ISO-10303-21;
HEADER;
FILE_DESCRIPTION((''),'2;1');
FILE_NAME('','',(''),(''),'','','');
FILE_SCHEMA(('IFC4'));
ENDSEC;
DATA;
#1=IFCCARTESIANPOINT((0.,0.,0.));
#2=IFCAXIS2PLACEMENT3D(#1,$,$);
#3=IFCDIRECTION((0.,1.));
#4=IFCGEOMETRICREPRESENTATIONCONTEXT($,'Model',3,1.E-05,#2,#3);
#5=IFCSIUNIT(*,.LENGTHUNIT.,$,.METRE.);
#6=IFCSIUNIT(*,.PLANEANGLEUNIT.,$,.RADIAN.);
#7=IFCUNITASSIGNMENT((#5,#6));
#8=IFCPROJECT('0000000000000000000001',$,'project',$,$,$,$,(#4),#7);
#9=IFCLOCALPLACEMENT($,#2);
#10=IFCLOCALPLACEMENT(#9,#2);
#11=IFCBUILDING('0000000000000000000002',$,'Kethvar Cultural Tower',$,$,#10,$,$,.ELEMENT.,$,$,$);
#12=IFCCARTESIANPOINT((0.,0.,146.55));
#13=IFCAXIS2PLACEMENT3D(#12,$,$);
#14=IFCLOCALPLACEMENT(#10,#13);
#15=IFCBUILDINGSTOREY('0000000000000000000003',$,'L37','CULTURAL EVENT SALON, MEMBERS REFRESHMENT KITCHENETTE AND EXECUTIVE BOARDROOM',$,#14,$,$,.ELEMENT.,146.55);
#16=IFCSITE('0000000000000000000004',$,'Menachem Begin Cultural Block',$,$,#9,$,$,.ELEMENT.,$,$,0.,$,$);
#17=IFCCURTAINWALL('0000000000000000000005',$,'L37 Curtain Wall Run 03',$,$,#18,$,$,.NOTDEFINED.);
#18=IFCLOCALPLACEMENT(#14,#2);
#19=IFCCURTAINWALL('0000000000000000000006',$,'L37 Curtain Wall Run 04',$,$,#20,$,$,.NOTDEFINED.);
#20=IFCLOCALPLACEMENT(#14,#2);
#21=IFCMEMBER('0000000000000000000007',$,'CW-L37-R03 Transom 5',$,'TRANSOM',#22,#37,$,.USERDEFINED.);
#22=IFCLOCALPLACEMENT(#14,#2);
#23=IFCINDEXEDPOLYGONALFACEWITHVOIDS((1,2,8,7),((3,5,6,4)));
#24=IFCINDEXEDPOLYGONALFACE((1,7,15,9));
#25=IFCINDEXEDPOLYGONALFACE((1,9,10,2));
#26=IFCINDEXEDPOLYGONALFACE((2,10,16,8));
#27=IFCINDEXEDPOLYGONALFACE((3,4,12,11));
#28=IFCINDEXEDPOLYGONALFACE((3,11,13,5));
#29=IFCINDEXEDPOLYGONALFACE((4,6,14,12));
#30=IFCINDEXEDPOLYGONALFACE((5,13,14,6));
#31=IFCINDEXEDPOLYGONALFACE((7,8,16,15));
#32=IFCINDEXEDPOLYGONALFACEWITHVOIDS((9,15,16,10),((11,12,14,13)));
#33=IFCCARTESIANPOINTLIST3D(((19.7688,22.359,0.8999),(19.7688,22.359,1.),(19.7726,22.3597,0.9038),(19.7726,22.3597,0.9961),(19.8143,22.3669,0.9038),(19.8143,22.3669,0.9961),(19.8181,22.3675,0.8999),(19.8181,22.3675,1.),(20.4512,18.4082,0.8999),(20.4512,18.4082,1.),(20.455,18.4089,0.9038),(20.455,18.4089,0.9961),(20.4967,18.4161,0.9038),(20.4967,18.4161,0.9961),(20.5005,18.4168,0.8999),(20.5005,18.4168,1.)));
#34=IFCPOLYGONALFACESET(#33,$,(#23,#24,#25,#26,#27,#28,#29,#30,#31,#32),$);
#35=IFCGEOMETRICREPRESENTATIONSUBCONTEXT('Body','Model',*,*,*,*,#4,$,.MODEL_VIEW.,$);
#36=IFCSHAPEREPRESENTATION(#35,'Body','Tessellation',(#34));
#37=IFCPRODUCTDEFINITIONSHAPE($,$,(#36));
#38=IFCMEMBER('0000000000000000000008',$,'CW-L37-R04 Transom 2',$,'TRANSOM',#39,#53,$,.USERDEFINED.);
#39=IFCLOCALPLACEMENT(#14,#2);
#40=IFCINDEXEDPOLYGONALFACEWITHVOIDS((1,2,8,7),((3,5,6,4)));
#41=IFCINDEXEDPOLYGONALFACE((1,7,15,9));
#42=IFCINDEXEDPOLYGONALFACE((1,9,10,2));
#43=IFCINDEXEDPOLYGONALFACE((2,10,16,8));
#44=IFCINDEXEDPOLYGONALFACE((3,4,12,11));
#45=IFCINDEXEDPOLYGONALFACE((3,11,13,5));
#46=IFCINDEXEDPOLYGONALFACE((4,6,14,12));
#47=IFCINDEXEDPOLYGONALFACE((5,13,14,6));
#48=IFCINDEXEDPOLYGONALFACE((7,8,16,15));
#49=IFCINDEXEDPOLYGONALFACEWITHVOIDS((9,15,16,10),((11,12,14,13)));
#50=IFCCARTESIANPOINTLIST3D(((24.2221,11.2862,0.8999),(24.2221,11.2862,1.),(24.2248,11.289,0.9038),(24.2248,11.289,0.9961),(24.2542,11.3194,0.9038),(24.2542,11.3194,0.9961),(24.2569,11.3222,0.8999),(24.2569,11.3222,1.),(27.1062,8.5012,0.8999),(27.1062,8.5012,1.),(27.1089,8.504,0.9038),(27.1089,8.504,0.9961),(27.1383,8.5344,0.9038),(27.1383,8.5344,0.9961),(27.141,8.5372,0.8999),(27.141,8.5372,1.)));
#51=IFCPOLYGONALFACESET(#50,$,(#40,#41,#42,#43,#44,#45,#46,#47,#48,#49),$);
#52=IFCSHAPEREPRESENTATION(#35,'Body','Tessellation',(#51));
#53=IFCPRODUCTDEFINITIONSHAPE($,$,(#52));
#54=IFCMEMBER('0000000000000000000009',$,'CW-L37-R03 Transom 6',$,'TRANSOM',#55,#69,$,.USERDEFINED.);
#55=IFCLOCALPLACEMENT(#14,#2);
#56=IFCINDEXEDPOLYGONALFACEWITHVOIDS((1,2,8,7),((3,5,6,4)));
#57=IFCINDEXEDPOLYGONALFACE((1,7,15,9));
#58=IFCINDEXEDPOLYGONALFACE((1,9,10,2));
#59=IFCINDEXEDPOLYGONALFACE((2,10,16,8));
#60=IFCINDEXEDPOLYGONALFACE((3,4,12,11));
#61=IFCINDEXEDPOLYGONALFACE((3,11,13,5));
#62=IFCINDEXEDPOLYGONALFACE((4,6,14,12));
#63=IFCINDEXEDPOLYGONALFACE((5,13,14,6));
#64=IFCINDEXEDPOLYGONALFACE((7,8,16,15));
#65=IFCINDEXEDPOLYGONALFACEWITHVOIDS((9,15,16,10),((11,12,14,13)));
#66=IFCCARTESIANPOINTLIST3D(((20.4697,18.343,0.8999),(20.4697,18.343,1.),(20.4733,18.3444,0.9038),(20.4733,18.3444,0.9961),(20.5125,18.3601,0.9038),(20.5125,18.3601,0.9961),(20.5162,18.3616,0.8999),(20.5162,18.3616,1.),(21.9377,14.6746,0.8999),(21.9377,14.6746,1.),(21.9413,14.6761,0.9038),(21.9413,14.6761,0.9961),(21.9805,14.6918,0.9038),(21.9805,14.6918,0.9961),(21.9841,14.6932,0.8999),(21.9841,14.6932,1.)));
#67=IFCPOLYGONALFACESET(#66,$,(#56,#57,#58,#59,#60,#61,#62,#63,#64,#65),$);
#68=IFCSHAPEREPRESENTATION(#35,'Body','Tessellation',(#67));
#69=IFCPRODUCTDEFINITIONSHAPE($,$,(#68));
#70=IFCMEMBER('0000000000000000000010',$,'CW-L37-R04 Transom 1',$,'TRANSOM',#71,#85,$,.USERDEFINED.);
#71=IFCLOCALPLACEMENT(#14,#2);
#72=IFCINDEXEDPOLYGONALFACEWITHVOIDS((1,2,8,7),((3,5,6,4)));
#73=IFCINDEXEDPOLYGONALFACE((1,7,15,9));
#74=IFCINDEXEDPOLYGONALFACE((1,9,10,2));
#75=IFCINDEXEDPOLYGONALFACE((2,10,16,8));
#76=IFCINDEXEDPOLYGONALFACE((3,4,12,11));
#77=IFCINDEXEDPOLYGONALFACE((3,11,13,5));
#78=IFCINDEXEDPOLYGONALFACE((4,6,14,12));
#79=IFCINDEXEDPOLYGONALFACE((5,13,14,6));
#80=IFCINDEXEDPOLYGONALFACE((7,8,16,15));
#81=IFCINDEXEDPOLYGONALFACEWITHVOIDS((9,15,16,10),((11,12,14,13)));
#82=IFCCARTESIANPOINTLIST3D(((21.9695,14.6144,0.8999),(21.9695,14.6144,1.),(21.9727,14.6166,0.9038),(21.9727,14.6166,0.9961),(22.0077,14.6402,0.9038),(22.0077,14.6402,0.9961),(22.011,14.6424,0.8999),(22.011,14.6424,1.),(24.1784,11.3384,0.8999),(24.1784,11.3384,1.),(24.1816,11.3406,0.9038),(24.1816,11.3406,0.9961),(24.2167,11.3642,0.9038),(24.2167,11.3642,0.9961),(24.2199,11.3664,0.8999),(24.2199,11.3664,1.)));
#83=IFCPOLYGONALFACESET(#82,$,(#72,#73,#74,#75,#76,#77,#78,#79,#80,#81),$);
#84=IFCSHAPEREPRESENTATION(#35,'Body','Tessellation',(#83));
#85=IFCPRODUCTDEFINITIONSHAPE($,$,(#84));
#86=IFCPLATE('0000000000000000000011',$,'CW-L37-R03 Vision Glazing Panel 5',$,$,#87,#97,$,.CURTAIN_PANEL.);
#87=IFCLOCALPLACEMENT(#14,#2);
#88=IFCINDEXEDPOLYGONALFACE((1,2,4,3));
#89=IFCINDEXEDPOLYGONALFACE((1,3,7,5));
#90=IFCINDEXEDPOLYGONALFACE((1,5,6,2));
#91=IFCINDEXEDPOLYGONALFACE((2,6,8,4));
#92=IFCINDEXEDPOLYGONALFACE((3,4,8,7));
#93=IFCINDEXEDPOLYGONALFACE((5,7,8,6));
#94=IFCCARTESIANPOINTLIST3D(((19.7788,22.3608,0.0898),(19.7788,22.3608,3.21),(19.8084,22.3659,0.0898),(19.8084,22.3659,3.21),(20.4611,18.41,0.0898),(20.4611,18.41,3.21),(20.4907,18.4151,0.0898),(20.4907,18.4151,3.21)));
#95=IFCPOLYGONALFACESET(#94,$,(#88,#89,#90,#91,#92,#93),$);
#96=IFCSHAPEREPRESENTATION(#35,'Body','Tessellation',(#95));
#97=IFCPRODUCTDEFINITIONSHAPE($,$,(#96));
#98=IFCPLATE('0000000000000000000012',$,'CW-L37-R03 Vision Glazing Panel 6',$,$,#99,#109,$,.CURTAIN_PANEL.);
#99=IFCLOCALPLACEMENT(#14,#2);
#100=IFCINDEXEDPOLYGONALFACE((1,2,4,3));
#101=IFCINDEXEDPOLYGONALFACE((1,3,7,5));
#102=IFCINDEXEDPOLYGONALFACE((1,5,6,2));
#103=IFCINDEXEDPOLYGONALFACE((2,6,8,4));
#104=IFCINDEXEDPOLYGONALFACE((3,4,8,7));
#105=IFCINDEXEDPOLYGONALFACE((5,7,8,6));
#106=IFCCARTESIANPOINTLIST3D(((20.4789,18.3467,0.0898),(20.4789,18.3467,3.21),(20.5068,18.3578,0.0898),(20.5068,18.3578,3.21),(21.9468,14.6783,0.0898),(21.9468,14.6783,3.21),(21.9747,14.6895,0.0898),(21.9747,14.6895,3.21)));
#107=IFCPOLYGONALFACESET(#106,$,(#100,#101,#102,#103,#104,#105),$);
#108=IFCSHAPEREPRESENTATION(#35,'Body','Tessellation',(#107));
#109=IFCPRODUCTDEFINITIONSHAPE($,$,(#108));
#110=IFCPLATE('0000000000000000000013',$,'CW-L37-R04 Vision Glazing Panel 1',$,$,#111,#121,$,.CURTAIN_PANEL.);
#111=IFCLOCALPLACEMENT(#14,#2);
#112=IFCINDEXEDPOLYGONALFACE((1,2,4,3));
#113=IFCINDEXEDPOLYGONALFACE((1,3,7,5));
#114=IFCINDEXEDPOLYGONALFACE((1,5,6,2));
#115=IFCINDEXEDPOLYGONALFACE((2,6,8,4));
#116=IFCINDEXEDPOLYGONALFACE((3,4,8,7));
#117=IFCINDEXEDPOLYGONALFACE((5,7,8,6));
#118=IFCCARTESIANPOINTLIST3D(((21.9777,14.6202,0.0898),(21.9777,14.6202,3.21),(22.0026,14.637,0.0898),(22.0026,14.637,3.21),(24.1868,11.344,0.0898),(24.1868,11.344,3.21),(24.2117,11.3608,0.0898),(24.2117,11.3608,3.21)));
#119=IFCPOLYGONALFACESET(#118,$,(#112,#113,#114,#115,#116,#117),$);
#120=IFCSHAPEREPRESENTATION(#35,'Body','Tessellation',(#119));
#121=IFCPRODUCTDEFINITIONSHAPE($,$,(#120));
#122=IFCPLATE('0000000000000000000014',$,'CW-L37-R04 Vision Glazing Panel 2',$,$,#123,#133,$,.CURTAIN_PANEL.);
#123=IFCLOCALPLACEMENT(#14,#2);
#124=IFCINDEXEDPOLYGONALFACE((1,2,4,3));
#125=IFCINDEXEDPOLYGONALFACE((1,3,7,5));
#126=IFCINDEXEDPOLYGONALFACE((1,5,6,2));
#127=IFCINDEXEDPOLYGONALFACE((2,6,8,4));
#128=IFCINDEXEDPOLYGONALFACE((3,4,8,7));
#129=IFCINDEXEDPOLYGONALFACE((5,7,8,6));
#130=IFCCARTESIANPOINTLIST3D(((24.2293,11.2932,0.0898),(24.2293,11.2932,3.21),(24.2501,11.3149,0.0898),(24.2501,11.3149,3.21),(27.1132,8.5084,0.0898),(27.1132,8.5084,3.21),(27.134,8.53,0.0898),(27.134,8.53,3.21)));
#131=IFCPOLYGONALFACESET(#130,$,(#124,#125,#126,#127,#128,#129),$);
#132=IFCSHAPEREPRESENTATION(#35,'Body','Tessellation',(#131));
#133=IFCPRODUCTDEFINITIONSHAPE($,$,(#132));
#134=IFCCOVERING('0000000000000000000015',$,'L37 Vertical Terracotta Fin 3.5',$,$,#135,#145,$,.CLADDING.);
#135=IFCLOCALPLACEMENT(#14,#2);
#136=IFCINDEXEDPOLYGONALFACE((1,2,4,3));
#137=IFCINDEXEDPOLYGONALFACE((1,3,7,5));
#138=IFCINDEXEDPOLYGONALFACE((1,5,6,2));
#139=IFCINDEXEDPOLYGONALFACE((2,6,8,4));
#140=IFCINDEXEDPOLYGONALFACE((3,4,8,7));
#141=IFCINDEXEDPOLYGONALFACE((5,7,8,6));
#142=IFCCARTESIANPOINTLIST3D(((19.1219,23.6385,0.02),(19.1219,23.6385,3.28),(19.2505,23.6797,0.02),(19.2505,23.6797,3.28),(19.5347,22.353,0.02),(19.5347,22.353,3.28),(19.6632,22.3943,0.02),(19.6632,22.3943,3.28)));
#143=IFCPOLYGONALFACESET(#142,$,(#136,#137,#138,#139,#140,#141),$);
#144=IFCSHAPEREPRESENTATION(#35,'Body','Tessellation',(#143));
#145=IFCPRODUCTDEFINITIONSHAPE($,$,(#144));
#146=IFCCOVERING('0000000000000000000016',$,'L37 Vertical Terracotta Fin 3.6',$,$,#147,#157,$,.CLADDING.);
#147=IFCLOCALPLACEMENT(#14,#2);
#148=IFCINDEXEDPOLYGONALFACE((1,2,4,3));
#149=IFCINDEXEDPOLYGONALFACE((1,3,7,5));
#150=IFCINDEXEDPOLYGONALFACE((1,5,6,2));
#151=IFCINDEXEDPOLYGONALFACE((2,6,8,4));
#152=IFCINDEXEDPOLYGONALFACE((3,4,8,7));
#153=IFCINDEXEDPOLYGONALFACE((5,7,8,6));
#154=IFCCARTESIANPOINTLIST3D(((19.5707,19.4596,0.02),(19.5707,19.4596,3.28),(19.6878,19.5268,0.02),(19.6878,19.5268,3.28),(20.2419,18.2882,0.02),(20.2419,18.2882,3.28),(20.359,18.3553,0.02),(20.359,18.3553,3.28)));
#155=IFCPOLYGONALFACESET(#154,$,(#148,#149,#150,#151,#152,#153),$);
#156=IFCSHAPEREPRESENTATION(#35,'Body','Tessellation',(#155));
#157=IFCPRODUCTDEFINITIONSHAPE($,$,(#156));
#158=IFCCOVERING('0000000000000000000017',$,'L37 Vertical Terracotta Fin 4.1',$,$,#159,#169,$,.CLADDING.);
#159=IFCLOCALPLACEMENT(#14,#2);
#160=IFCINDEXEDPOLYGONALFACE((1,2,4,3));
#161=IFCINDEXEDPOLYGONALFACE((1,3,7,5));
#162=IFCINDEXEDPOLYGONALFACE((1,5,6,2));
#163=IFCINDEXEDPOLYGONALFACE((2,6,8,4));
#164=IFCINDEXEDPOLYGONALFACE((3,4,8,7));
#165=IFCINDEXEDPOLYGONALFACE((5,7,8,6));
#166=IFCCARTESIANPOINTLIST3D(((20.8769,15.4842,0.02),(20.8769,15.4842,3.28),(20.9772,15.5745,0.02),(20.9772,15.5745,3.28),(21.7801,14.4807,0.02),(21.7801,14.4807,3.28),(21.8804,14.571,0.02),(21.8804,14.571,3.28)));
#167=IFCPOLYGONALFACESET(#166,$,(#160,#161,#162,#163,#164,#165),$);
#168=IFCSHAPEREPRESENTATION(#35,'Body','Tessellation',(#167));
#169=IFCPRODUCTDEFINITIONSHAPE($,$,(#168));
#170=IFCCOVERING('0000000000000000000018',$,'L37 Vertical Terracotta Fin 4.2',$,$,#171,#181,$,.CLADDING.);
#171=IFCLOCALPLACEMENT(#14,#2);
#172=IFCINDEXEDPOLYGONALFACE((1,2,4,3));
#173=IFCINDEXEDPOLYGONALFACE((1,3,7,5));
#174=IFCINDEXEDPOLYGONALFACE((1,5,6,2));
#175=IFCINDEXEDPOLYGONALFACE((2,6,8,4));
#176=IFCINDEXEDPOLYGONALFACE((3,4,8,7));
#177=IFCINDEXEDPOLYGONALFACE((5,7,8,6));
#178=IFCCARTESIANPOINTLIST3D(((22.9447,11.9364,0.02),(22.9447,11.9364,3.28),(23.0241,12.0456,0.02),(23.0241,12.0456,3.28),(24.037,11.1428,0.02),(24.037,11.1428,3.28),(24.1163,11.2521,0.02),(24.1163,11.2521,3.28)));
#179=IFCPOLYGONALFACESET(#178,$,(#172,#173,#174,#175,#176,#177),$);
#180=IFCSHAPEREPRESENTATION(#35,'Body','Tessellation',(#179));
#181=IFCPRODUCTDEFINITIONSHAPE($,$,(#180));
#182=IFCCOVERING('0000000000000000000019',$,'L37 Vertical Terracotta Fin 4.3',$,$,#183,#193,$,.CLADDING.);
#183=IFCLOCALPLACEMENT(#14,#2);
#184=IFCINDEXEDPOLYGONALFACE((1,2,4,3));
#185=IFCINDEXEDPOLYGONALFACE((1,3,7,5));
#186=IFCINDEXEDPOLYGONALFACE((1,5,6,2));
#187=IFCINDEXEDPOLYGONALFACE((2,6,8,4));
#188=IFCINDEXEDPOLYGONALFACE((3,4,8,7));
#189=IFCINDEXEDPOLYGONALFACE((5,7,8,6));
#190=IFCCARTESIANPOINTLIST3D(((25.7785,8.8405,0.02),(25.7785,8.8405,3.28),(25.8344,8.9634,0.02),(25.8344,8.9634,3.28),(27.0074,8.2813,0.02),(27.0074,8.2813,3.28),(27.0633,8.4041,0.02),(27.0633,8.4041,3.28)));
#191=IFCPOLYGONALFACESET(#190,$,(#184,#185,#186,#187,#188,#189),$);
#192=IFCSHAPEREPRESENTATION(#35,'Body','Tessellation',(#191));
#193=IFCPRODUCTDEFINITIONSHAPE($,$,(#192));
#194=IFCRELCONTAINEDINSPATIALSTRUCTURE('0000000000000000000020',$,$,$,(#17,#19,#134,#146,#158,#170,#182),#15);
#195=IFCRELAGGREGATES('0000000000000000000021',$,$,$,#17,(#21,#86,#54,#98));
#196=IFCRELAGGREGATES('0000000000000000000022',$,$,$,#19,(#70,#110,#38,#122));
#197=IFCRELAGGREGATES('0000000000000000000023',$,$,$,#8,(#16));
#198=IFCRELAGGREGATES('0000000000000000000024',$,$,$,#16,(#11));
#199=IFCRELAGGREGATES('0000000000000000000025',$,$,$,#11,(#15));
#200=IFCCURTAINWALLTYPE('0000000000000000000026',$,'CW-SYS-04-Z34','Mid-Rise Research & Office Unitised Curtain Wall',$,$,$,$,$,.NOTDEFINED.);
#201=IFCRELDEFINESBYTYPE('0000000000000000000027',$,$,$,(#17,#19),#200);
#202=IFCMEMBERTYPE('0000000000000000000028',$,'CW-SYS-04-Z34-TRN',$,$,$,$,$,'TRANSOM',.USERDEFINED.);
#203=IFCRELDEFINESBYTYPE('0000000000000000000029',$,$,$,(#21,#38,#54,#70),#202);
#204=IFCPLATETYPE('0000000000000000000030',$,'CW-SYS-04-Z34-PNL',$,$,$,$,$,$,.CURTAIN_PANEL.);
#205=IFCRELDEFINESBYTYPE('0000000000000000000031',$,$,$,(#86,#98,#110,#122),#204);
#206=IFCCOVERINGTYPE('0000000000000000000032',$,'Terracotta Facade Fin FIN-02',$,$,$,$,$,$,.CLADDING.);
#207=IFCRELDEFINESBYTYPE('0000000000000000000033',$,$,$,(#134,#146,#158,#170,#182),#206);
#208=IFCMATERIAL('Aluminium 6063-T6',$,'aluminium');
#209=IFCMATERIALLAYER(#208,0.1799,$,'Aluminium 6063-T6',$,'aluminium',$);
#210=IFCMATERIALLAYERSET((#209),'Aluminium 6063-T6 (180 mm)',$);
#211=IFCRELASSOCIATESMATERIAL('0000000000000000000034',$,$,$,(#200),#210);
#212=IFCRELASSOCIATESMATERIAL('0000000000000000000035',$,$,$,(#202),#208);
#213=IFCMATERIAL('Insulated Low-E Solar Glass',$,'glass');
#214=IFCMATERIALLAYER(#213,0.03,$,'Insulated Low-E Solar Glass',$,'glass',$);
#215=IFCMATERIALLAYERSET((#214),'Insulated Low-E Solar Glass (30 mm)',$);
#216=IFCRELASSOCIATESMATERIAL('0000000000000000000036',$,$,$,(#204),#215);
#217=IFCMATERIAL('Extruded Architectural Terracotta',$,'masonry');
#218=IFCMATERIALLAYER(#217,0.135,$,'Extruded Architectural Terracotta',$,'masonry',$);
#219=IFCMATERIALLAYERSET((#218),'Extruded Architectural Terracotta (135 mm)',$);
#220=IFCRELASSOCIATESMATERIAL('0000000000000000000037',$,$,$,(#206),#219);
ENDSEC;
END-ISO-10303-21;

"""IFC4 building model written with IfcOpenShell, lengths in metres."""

from ifc_helpers import new_model, si_unit, direction, frame, origin, origin_2d, place, context, subcontext, project, spatial, rectangle, hollow_rectangle, extrude, source, transform, mapped, material, layer, layer_set, material_profile, profile_set, type_object, element, aggregate, save


model = new_model("IFC4")

# Units and contexts
model_context = context("Model", 3, precision=1e-05, world=origin(), true_north=direction((0.0, 1.0)))
body_context = subcontext(model_context, "Body", "Model", "MODEL_VIEW")
ifc_project = project(units=[si_unit("LENGTHUNIT", "METRE"), si_unit("PLANEANGLEUNIT", "RADIAN")], contexts=[model_context])

# Site, building, storey
site_placement = place(None, origin())
site = spatial("IfcSite", under=ifc_project, at=site_placement, Name="Menachem Begin Cultural Block", CompositionType="ELEMENT", RefElevation=0.0)
building_placement = place(site_placement, origin())
building = spatial("IfcBuilding", under=site, at=building_placement, Name="Kethvar Cultural Tower", CompositionType="ELEMENT")
storey_placement = place(building_placement, frame((0.0, 0.0, 146.55)))
storey = spatial("IfcBuildingStorey", under=building, at=storey_placement, Name="L37", Description="CULTURAL EVENT SALON, MEMBERS REFRESHMENT KITCHENETTE AND EXECUTIVE BOARDROOM", CompositionType="ELEMENT", Elevation=146.55)

# Curtain walls
ifc_material_1 = material(Name="Aluminium 6063-T6", Category="aluminium")
ifc_layer_1 = layer(ifc_material_1, 0.1799, Name="Aluminium 6063-T6", Category="aluminium")
ifc_layer_set_1 = layer_set([ifc_layer_1], Name="Aluminium 6063-T6 (180 mm)")
curtain_wall_type = type_object("IfcCurtainWallType", Name="CW-SYS-04-Z34", Description="Mid-Rise Research & Office Unitised Curtain Wall", PredefinedType="NOTDEFINED", material=ifc_layer_set_1)
curtain_wall_1_placement = place(storey_placement, origin())
curtain_wall_1 = element("IfcCurtainWall", 1, at=curtain_wall_1_placement, inside=storey, type_object=curtain_wall_type, Name="L37 Curtain Wall Run 03", PredefinedType="NOTDEFINED")
curtain_wall_2_placement = place(storey_placement, origin())
curtain_wall_2 = element("IfcCurtainWall", 2, at=curtain_wall_2_placement, inside=storey, type_object=curtain_wall_type, Name="L37 Curtain Wall Run 04", PredefinedType="NOTDEFINED")

# Members
ifc_material_profile_1 = material_profile(ifc_material_1, hollow_rectangle(XDim=0.05, YDim=0.1001, WallThickness=0.0039, at=origin_2d()), Name="Aluminium 6063-T6 — RHS100x50x4")
ifc_profile_set_1 = profile_set([ifc_material_profile_1], Name="Aluminium 6063-T6 — RHS100x50x4")
member_type_1 = type_object("IfcMemberType", Name="CW-SYS-04-Z34-TRN", ElementType="TRANSOM", PredefinedType="USERDEFINED", material=ifc_profile_set_1)
shared_shape_1 = source(origin(), body_context, "Body", "SweptSolid", [
    extrude(hollow_rectangle(XDim=0.05, YDim=0.1001, WallThickness=0.0039, at=origin_2d()), origin(), (0.0, 0.0, 1.0), 4.0093),
])
member_1_placement = place(storey_placement, frame((19.7935, 22.3633, 0.95), z_axis=(0.170203, -0.985409, 0.0), x_axis=(0.985409, 0.170203, 0.0)))
member_1 = element("IfcMember", 3, at=member_1_placement, type_object=member_type_1, Name="CW-L37-R03 Transom 5", ObjectType="TRANSOM", PredefinedType="USERDEFINED", context=body_context, shape_type="MappedRepresentation", body=[
    mapped(shared_shape_1, transform((0.0, 0.0, 0.0), scale=1.0)),
])
member_2_placement = place(storey_placement, frame((24.2395, 11.3042, 0.95), z_axis=(0.719361, -0.694637, 0.0), x_axis=(0.694637, 0.719361, 0.0)))
member_2 = element("IfcMember", 4, at=member_2_placement, type_object=member_type_1, Name="CW-L37-R04 Transom 2", ObjectType="TRANSOM", PredefinedType="USERDEFINED", context=body_context, shape_type="MappedRepresentation", body=[
    mapped(shared_shape_1, transform((0.0, 0.0, 0.0), scale=1.0)),
])
shared_shape_2 = source(origin(), body_context, "Body", "SweptSolid", [
    extrude(hollow_rectangle(XDim=0.05, YDim=0.1001, WallThickness=0.0039, at=origin_2d()), origin(), (0.0, 0.0, 1.0), 3.9512),
])
member_3_placement = place(storey_placement, frame((20.4929, 18.3523, 0.95), z_axis=(0.371529, -0.928421, 0.0), x_axis=(0.928421, 0.371529, 0.0)))
member_3 = element("IfcMember", 5, at=member_3_placement, type_object=member_type_1, Name="CW-L37-R03 Transom 6", ObjectType="TRANSOM", PredefinedType="USERDEFINED", context=body_context, shape_type="MappedRepresentation", body=[
    mapped(shared_shape_2, transform((0.0, 0.0, 0.0), scale=1.0)),
])
member_4_placement = place(storey_placement, frame((21.9902, 14.6284, 0.95), z_axis=(0.559056, -0.82913, 0.0), x_axis=(0.82913, 0.559056, 0.0)))
member_4 = element("IfcMember", 6, at=member_4_placement, type_object=member_type_1, Name="CW-L37-R04 Transom 1", ObjectType="TRANSOM", PredefinedType="USERDEFINED", context=body_context, shape_type="MappedRepresentation", body=[
    mapped(shared_shape_2, transform((0.0, 0.0, 0.0), scale=1.0)),
])

# Plates
ifc_material_2 = material(Name="Insulated Low-E Solar Glass", Category="glass")
ifc_layer_2 = layer(ifc_material_2, 0.03, Name="Insulated Low-E Solar Glass", Category="glass")
ifc_layer_set_2 = layer_set([ifc_layer_2], Name="Insulated Low-E Solar Glass (30 mm)")
plate_type = type_object("IfcPlateType", Name="CW-SYS-04-Z34-PNL", PredefinedType="CURTAIN_PANEL", material=ifc_layer_set_2)
shared_shape_3 = source(origin(), body_context, "Body", "SweptSolid", [
    extrude(rectangle(XDim=4.0093, YDim=0.03, at=origin_2d()), origin(), (0.0, 0.0, 1.0), 3.1201),
])
plate_1_placement = place(storey_placement, frame((20.1348, 20.3879, 0.0898), z_axis=(0.0, 0.0, 1.0), x_axis=(0.170192, -0.985411, 0.0)))
plate_1 = element("IfcPlate", 7, at=plate_1_placement, type_object=plate_type, Name="CW-L37-R03 Vision Glazing Panel 5", PredefinedType="CURTAIN_PANEL", context=body_context, shape_type="MappedRepresentation", body=[
    mapped(shared_shape_3, transform((0.0, 0.0, 0.0), scale=1.0)),
])
shared_shape_4 = source(origin(), body_context, "Body", "SweptSolid", [
    extrude(rectangle(XDim=3.9512, YDim=0.03, at=origin_2d()), origin(), (0.0, 0.0, 1.0), 3.1201),
])
plate_2_placement = place(storey_placement, frame((21.2268, 16.5181, 0.0898), z_axis=(0.0, 0.0, 1.0), x_axis=(0.371514, -0.928427, 0.0)))
plate_2 = element("IfcPlate", 8, at=plate_2_placement, type_object=plate_type, Name="CW-L37-R03 Vision Glazing Panel 6", PredefinedType="CURTAIN_PANEL", context=body_context, shape_type="MappedRepresentation", body=[
    mapped(shared_shape_4, transform((0.0, 0.0, 0.0), scale=1.0)),
])
aggregate(curtain_wall_1, [member_1, plate_1, member_3, plate_2])
shared_shape_5 = source(origin(), body_context, "Body", "SweptSolid", [
    extrude(rectangle(XDim=3.9514, YDim=0.03, at=origin_2d()), origin(), (0.0, 0.0, 1.0), 3.1201),
])
plate_3_placement = place(storey_placement, frame((23.0947, 12.9905, 0.0898), z_axis=(0.0, 0.0, 1.0), x_axis=(0.559063, -0.829125, 0.0)))
plate_3 = element("IfcPlate", 9, at=plate_3_placement, type_object=plate_type, Name="CW-L37-R04 Vision Glazing Panel 1", PredefinedType="CURTAIN_PANEL", context=body_context, shape_type="MappedRepresentation", body=[
    mapped(shared_shape_5, transform((0.0, 0.0, 0.0), scale=1.0)),
])
shared_shape_6 = source(origin(), body_context, "Body", "SweptSolid", [
    extrude(rectangle(XDim=4.009, YDim=0.03, at=origin_2d()), origin(), (0.0, 0.0, 1.0), 3.1201),
])
plate_4_placement = place(storey_placement, frame((25.6816, 9.9116, 0.0898), z_axis=(0.0, 0.0, 1.0), x_axis=(0.719352, -0.694646, 0.0)))
plate_4 = element("IfcPlate", 10, at=plate_4_placement, type_object=plate_type, Name="CW-L37-R04 Vision Glazing Panel 2", PredefinedType="CURTAIN_PANEL", context=body_context, shape_type="MappedRepresentation", body=[
    mapped(shared_shape_6, transform((0.0, 0.0, 0.0), scale=1.0)),
])
aggregate(curtain_wall_2, [member_4, plate_3, member_2, plate_4])

# Coverings
ifc_material_3 = material(Name="Extruded Architectural Terracotta", Category="masonry")
ifc_layer_3 = layer(ifc_material_3, 0.135, Name="Extruded Architectural Terracotta", Category="masonry")
ifc_layer_set_3 = layer_set([ifc_layer_3], Name="Extruded Architectural Terracotta (135 mm)")
covering_type = type_object("IfcCoveringType", Name="Terracotta Facade Fin FIN-02", PredefinedType="CLADDING", material=ifc_layer_set_3)
shared_shape_7 = source(origin(), body_context, "Body", "SweptSolid", [
    extrude(rectangle(XDim=1.3501, YDim=0.135, at=origin_2d()), origin(), (0.0, 0.0, 1.0), 3.26),
])
for number, where, z_axis, x_axis, name in (
    (11, (19.3926, 23.0164, 0.02), (0.0, 0.0, 1.0), (-0.305695, 0.952129, 0.0), "L37 Vertical Terracotta Fin 3.5"),
    (12, (19.9648, 18.9075, 0.02), (0.0, 0.0, 1.0), (-0.497125, 0.867679, 0.0), "L37 Vertical Terracotta Fin 3.6"),
    (13, (21.3787, 15.0276, 0.02), (0.0, 0.0, 1.0), (-0.669001, 0.743262, 0.0), "L37 Vertical Terracotta Fin 4.1"),
    (14, (23.5305, 11.5942, 0.02), (0.0, 0.0, 1.0), (-0.809017, 0.587785, 0.0), "L37 Vertical Terracotta Fin 4.2"),
    (15, (26.4209, 8.6223, 0.02), (0.0, 0.0, 1.0), (-0.910178, 0.414217, 0.0), "L37 Vertical Terracotta Fin 4.3"),
):
    element("IfcCovering", number, at=place(storey_placement, frame(where, z_axis=z_axis, x_axis=x_axis)), inside=storey, type_object=covering_type, Name=name, PredefinedType="CLADDING", context=body_context, shape_type="MappedRepresentation", body=[
        mapped(shared_shape_7, transform((0.0, 0.0, 0.0), scale=1.0)),
    ])

save(model, "model.ifc")
